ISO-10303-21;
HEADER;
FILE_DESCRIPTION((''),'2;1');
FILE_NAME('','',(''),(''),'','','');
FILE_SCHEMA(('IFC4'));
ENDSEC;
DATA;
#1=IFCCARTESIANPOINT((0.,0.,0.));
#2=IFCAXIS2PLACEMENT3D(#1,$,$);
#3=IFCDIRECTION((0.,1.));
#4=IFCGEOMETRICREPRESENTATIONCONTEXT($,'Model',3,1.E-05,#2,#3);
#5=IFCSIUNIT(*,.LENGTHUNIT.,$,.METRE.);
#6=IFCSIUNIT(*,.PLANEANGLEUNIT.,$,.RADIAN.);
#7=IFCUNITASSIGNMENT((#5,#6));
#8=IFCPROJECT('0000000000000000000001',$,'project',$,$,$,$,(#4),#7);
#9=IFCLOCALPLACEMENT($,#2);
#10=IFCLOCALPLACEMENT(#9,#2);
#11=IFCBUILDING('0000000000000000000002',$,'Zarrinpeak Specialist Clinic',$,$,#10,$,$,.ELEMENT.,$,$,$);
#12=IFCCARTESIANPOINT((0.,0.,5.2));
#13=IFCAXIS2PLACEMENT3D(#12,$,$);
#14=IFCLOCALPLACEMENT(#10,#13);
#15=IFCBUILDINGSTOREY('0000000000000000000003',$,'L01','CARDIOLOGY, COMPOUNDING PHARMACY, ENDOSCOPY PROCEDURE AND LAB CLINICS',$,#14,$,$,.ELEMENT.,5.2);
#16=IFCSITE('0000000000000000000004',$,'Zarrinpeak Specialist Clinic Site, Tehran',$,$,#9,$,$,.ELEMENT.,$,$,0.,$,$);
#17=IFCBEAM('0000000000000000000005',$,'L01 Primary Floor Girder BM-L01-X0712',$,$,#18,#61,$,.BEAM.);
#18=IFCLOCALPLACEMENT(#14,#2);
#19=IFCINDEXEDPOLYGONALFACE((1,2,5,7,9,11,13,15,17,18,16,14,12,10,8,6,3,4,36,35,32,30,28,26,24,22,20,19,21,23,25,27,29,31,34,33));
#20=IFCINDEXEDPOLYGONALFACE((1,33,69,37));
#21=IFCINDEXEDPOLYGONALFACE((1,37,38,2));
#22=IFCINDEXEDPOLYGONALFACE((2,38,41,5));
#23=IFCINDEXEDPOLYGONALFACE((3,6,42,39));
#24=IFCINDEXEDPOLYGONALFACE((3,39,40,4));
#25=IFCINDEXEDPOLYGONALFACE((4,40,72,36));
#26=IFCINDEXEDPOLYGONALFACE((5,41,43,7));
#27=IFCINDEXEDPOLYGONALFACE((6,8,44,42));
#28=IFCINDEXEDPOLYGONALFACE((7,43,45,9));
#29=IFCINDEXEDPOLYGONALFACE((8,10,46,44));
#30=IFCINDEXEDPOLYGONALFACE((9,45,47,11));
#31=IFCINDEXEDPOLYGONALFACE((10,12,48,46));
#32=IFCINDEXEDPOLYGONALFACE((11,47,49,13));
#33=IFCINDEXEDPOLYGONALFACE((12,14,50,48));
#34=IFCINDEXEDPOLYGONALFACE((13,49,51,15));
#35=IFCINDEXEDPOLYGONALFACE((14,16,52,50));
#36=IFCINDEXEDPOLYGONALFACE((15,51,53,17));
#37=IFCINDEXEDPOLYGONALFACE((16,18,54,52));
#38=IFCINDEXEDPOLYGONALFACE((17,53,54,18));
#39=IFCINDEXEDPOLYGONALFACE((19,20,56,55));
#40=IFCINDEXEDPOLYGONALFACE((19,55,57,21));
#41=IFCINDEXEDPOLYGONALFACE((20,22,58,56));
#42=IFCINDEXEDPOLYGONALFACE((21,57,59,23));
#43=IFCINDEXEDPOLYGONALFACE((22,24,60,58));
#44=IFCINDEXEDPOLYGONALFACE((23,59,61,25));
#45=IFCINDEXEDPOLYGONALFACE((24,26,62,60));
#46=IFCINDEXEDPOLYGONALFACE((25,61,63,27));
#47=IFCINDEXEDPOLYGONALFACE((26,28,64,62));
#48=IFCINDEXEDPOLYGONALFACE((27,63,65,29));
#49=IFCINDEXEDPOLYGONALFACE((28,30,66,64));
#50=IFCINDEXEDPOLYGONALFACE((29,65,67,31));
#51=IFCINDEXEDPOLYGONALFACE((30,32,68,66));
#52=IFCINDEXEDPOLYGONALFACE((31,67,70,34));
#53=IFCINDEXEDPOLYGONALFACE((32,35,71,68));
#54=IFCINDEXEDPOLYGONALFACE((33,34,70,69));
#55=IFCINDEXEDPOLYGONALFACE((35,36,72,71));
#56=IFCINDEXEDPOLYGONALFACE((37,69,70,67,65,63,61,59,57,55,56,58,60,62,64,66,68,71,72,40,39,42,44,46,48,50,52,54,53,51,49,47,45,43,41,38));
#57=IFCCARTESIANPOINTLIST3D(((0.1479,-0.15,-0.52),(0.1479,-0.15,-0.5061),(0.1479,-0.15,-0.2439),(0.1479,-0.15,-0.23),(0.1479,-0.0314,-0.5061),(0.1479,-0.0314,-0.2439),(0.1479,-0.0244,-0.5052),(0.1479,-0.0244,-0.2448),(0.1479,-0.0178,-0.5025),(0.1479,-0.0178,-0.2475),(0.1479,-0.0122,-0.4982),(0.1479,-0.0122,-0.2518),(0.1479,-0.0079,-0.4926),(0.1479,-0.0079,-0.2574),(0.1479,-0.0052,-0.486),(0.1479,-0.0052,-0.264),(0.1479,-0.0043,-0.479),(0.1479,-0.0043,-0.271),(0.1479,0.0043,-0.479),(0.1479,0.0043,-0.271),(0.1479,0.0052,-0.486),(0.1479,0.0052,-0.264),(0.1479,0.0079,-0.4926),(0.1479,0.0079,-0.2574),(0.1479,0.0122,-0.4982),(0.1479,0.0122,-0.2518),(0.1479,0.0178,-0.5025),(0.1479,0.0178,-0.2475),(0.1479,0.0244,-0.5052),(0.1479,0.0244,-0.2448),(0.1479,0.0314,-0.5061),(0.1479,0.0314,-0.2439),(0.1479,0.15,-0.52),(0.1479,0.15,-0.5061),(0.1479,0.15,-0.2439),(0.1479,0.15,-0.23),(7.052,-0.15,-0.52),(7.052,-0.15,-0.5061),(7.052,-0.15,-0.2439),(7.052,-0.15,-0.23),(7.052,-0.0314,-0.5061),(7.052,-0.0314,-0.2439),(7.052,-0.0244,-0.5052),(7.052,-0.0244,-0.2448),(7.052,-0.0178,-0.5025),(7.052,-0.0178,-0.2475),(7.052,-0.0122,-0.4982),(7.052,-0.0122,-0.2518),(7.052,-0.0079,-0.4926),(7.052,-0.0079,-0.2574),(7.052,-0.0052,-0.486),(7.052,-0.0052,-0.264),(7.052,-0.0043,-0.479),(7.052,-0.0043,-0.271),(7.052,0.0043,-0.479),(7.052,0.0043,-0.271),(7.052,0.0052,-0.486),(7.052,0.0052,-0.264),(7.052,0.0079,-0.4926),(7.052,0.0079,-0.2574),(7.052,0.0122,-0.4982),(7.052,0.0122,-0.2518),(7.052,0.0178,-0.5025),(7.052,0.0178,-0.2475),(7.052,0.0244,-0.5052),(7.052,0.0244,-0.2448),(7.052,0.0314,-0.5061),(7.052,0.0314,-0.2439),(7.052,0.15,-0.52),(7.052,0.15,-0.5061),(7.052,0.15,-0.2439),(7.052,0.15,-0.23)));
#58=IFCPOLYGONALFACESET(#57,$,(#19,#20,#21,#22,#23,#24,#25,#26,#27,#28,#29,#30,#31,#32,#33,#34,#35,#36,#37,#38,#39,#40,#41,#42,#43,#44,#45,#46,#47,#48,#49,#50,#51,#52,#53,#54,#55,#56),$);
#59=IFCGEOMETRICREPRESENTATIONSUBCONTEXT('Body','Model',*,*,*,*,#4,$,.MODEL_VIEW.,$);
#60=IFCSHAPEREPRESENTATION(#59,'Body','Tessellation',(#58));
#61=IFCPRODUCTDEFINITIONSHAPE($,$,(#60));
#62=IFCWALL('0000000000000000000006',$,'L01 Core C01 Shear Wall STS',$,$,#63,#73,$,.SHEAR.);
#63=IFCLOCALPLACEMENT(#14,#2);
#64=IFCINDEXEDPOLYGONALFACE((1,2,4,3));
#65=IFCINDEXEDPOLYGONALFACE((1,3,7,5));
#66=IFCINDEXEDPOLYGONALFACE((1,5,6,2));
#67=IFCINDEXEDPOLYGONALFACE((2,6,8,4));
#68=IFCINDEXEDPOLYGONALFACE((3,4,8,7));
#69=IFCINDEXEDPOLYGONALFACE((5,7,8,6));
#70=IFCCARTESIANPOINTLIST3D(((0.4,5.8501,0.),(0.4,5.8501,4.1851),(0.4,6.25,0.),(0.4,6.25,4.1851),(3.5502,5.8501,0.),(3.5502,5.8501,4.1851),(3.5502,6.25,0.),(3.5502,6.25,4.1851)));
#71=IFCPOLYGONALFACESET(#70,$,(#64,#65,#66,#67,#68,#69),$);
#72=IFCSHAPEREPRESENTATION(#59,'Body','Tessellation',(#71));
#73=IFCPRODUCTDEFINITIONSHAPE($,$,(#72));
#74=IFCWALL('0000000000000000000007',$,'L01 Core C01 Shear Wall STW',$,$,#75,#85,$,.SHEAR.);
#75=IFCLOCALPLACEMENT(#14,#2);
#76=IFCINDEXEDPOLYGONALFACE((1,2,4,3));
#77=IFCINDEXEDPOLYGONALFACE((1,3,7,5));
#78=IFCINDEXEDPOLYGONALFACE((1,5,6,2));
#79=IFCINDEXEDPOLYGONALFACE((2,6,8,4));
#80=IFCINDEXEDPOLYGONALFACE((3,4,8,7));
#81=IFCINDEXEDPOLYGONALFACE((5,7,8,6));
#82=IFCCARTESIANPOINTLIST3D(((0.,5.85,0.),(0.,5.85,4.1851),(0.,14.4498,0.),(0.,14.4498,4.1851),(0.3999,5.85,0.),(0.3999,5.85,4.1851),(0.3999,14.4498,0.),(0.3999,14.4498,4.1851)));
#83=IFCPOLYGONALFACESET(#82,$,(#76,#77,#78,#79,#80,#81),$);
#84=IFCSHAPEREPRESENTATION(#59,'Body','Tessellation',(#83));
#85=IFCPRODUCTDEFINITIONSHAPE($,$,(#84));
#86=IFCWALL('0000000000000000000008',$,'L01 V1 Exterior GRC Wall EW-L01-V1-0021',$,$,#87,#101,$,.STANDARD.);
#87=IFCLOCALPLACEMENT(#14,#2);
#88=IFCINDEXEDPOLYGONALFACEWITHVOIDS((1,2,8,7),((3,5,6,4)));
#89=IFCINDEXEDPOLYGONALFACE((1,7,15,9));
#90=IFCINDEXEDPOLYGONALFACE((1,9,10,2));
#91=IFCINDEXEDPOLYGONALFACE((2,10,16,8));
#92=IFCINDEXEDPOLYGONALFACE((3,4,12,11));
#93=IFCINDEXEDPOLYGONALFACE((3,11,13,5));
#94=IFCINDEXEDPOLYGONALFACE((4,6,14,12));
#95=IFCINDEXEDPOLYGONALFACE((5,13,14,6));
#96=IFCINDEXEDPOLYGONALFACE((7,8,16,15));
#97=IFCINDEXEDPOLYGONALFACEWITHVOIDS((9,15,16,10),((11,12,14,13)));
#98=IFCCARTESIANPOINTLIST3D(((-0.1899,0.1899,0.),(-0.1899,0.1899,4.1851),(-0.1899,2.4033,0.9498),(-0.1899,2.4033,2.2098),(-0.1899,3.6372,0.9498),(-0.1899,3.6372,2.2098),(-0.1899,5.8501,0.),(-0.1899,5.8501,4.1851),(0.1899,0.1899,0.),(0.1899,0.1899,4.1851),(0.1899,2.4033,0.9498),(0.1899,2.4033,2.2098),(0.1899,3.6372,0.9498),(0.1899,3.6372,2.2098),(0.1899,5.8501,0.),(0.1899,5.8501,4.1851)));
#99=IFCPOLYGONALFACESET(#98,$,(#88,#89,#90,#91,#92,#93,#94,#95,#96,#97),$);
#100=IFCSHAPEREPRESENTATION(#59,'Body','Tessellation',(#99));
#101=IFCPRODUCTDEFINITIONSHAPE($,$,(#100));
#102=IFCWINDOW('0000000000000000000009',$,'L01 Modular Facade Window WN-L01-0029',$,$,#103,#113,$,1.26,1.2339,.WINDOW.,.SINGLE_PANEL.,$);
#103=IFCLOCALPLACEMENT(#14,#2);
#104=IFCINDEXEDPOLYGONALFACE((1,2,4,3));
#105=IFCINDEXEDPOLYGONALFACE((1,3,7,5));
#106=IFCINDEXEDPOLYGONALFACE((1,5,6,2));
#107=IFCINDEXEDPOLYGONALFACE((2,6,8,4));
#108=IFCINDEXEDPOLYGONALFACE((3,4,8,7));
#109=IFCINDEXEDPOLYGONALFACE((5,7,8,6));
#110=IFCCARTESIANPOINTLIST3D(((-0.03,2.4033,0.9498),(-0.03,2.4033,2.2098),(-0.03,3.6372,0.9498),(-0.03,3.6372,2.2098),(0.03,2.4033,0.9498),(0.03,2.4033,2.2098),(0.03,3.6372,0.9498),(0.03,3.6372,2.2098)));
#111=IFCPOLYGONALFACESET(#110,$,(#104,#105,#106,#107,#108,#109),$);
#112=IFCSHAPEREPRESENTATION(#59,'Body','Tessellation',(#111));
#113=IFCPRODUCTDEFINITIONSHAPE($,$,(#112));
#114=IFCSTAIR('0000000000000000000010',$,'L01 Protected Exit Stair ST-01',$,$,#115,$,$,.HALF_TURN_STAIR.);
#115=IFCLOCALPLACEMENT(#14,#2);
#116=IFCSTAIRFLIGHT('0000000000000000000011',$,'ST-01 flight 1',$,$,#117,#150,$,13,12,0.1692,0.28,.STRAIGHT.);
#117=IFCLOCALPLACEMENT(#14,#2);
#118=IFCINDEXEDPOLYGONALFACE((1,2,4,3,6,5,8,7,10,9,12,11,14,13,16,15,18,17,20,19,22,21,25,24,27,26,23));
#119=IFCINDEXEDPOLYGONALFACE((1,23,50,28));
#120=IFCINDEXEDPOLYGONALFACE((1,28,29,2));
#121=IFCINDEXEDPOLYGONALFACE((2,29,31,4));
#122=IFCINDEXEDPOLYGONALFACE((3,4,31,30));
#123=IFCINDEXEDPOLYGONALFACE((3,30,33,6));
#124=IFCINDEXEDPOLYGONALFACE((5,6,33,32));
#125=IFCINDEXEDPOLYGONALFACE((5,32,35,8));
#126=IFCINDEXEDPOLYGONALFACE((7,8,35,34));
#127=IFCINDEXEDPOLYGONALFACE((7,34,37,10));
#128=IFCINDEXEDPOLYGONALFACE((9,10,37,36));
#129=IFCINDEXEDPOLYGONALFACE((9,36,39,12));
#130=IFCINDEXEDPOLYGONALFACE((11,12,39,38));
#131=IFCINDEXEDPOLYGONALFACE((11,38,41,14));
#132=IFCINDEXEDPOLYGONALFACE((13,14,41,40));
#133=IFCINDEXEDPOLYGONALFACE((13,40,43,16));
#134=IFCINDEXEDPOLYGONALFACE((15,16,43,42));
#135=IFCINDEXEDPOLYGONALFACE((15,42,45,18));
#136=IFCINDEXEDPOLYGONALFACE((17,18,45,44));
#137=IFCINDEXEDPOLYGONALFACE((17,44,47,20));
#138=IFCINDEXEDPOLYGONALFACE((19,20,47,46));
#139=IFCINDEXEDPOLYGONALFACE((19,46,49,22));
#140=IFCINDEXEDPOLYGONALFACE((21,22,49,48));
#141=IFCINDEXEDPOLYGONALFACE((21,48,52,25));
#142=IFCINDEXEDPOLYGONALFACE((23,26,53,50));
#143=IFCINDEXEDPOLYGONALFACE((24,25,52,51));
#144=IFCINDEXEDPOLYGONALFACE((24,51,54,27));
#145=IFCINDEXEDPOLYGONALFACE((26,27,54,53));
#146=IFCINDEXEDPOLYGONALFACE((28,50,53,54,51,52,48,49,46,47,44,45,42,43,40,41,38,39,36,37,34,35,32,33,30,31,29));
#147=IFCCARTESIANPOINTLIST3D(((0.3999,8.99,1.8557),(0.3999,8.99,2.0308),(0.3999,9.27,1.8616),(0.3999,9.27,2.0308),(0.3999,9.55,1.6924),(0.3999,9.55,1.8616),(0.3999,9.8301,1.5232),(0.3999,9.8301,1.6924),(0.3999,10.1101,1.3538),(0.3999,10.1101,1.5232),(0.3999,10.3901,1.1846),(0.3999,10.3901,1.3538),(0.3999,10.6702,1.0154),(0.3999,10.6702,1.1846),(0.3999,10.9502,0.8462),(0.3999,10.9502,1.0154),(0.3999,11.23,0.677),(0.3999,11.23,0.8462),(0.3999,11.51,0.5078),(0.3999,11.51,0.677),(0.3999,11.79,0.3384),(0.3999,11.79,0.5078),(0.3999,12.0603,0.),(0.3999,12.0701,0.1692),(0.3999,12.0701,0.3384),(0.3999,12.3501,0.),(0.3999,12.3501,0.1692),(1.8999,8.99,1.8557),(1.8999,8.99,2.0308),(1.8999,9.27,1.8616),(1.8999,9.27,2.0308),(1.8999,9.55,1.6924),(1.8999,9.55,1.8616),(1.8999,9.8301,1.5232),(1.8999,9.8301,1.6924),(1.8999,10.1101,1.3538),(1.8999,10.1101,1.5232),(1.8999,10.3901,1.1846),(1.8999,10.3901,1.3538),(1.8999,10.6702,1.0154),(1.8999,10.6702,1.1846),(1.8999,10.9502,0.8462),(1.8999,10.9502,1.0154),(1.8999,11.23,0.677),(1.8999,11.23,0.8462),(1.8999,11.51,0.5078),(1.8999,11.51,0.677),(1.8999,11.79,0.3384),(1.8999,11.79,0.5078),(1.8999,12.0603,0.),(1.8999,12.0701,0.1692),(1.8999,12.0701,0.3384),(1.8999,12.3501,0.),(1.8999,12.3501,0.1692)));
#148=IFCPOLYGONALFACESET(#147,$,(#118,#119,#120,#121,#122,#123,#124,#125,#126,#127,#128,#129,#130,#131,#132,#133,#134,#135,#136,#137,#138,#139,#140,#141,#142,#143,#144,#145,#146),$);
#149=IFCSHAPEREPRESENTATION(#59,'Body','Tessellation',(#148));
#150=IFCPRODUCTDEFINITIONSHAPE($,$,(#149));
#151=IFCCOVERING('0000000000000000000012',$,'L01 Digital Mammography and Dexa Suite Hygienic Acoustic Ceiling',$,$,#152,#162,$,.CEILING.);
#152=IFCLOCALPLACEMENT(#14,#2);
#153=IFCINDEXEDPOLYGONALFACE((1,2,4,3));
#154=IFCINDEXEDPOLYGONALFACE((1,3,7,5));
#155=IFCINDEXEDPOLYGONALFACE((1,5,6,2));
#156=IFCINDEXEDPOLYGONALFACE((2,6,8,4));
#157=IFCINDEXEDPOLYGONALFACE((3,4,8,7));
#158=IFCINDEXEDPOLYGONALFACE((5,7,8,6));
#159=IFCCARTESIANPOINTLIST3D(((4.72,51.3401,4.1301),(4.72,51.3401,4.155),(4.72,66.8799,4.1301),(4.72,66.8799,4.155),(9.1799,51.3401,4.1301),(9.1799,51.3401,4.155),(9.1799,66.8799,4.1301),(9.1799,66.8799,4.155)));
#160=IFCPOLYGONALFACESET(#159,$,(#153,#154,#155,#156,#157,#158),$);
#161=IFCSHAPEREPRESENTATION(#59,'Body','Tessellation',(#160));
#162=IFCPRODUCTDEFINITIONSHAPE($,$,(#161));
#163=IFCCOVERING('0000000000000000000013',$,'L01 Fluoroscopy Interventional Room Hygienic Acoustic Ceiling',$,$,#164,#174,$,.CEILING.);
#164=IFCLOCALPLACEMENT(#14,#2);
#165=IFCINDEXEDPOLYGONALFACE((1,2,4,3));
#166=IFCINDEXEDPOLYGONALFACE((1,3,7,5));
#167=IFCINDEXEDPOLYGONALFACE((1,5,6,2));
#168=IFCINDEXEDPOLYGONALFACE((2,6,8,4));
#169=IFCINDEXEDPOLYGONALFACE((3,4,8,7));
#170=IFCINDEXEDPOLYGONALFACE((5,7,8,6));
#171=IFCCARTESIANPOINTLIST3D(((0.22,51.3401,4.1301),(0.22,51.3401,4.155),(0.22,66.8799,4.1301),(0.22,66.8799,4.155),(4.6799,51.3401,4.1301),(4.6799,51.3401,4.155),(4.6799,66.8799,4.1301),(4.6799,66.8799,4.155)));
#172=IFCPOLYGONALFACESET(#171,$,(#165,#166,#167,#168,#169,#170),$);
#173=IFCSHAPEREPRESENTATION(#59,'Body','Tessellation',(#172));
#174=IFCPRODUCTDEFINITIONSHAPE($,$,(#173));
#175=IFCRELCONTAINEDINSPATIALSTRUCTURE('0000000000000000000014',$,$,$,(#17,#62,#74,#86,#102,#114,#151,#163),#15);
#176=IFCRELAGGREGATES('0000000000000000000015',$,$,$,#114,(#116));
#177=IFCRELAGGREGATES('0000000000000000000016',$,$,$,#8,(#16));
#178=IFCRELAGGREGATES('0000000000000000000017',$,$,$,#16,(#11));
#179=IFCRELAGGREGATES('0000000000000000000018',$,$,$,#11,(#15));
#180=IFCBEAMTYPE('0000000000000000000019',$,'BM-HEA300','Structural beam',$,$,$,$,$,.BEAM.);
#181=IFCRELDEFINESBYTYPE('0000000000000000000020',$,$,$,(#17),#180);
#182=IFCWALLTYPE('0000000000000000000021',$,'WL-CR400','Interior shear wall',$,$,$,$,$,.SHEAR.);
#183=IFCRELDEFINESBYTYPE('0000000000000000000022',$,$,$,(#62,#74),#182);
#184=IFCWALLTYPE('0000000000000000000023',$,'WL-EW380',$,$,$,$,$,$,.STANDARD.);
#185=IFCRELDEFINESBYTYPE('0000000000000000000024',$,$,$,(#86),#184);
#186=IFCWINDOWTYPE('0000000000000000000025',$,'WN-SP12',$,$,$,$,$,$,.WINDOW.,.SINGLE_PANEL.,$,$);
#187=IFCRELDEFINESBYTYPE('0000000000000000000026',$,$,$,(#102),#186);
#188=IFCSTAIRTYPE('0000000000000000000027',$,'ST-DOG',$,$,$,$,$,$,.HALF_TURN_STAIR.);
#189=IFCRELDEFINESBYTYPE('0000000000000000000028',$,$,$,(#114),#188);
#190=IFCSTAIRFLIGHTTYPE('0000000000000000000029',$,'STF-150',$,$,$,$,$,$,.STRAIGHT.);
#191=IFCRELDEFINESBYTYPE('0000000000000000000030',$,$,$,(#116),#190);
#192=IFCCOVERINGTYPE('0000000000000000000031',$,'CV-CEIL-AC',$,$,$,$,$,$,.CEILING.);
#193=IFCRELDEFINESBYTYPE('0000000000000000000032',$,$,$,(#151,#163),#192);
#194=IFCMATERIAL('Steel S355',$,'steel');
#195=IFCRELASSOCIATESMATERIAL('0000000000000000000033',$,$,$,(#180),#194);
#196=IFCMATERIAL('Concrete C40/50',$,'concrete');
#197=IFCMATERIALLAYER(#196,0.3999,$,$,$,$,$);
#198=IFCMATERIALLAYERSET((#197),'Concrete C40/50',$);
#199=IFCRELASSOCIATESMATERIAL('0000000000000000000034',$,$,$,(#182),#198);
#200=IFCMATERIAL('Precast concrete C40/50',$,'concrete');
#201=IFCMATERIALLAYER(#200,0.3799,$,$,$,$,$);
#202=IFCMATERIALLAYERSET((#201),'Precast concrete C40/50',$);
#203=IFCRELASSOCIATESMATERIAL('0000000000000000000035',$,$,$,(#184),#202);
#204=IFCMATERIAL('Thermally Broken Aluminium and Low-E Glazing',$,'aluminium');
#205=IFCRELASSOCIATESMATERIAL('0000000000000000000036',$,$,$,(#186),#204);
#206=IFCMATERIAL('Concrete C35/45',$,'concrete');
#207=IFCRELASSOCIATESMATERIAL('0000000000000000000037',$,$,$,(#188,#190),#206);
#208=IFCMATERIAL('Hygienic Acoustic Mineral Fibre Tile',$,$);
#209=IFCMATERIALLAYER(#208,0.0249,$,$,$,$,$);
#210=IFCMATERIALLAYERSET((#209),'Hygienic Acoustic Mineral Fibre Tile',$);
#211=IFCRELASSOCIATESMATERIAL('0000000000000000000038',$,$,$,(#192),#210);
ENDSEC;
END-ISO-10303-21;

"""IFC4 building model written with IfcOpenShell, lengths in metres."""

from ifc_helpers import new_model, si_unit, direction, frame, frame_2d, origin, origin_2d, place, context, subcontext, project, spatial, polyline, rectangle, i_section, outline, extrude, material, layer, layer_set, material_profile, profile_set, type_object, element, fill, aggregate, save


model = new_model("IFC4")

# Units and contexts
model_context = context("Model", 3, precision=1e-05, world=origin(), true_north=direction((0.0, 1.0)))
body_context = subcontext(model_context, "Body", "Model", "MODEL_VIEW")
ifc_project = project(units=[si_unit("LENGTHUNIT", "METRE"), si_unit("PLANEANGLEUNIT", "RADIAN")], contexts=[model_context])

# Site, building, storey
site_placement = place(None, origin())
site = spatial("IfcSite", under=ifc_project, at=site_placement, Name="Zarrinpeak Specialist Clinic Site, Tehran", CompositionType="ELEMENT", RefElevation=0.0)
building_placement = place(site_placement, origin())
building = spatial("IfcBuilding", under=site, at=building_placement, Name="Zarrinpeak Specialist Clinic", CompositionType="ELEMENT")
storey_placement = place(building_placement, frame((0.0, 0.0, 5.2)))
storey = spatial("IfcBuildingStorey", under=building, at=storey_placement, Name="L01", Description="CARDIOLOGY, COMPOUNDING PHARMACY, ENDOSCOPY PROCEDURE AND LAB CLINICS", CompositionType="ELEMENT", Elevation=5.2)

# Beam
ifc_material_1 = material(Name="Steel S355", Category="steel")
ifc_material_profile = material_profile(ifc_material_1, i_section(OverallWidth=0.3, OverallDepth=0.29, WebThickness=0.0085, FlangeThickness=0.0139, FilletRadius=0.0271, at=origin_2d()), Name="HEA 300")
ifc_profile_set = profile_set([ifc_material_profile], Name="Steel S355")
beam_type = type_object("IfcBeamType", Name="BM-HEA300", Description="Structural beam", PredefinedType="BEAM", material=ifc_profile_set)
beam_placement = place(storey_placement, frame((0.1479, 0.0, -0.375), z_axis=(1.0, 0.0, 0.0), x_axis=(0.0, 1.0, 0.0)))
element("IfcBeam", 1, at=beam_placement, inside=storey, type_object=beam_type, Name="L01 Primary Floor Girder BM-L01-X0712", PredefinedType="BEAM", context=body_context, shape_type="SweptSolid", body=[
    extrude(i_section(OverallWidth=0.3, OverallDepth=0.29, WebThickness=0.0085, FlangeThickness=0.0139, FilletRadius=0.0271, at=origin_2d()), origin(), (0.0, 0.0, 1.0), 6.9041),
])

# Wall
ifc_material_2 = material(Name="Concrete C40/50", Category="concrete")
ifc_layer_1 = layer(ifc_material_2, 0.3999)
ifc_layer_set_1 = layer_set([ifc_layer_1], Name="Concrete C40/50")
wall_type_1 = type_object("IfcWallType", Name="WL-CR400", Description="Interior shear wall", PredefinedType="SHEAR", material=ifc_layer_set_1)
wall_1_placement = place(storey_placement, frame((0.3999, 6.05, 0.0), z_axis=(0.0, 0.0, 1.0), x_axis=(1.0, 0.0, 0.0)))
element("IfcWall", 2, at=wall_1_placement, inside=storey, type_object=wall_type_1, Name="L01 Core C01 Shear Wall STS", PredefinedType="SHEAR", context=body_context, shape_type="SweptSolid", body=[
    extrude(rectangle(XDim=3.1501, YDim=0.3999, at=frame_2d((1.5752, 0.0))), origin(), (0.0, 0.0, 1.0), 4.1851),
])

# Wall
wall_2_placement = place(storey_placement, frame((0.2, 5.8501, 0.0), z_axis=(0.0, 0.0, 1.0), x_axis=(0.0, 1.0, 0.0)))
element("IfcWall", 3, at=wall_2_placement, inside=storey, type_object=wall_type_1, Name="L01 Core C01 Shear Wall STW", PredefinedType="SHEAR", context=body_context, shape_type="SweptSolid", body=[
    extrude(rectangle(XDim=8.5999, YDim=0.3999, at=frame_2d((4.2998, 0.0))), origin(), (0.0, 0.0, 1.0), 4.1851),
])

# Wall, opening, window
ifc_material_3 = material(Name="Precast concrete C40/50", Category="concrete")
ifc_layer_2 = layer(ifc_material_3, 0.3799)
ifc_layer_set_2 = layer_set([ifc_layer_2], Name="Precast concrete C40/50")
wall_type_2 = type_object("IfcWallType", Name="WL-EW380", PredefinedType="STANDARD", material=ifc_layer_set_2)
wall_3_placement = place(storey_placement, frame((0.0, 5.8501, 0.0), z_axis=(0.0, 0.0, 1.0), x_axis=(0.0, -1.0, 0.0)))
wall_3 = element("IfcWall", 4, at=wall_3_placement, inside=storey, type_object=wall_type_2, Name="L01 V1 Exterior GRC Wall EW-L01-V1-0021", PredefinedType="STANDARD", context=body_context, shape_type="SweptSolid", body=[
    extrude(rectangle(XDim=5.6602, YDim=0.3799, at=frame_2d((2.8301, 0.0))), origin(), (0.0, 0.0, 1.0), 4.1851),
])
opening_1_placement = place(wall_3_placement, frame((2.2129, 0.0, 0.95)))
opening_1 = element("IfcOpeningElement", 5, at=opening_1_placement, cuts=wall_3, PredefinedType="OPENING", context=body_context, shape_type="SweptSolid", body=[
    extrude(rectangle(XDim=1.2339, YDim=1.26, at=frame_2d((0.6169, 0.6299))), frame((0.0, 0.2, 0.0), z_axis=(0.0, -1.0, 0.0), x_axis=(1.0, 0.0, 0.0)), (0.0, 0.0, 1.0), 0.3999),
])
ifc_material_4 = material(Name="Thermally Broken Aluminium and Low-E Glazing", Category="aluminium")
window_type = type_object("IfcWindowType", Name="WN-SP12", PartitioningType="SINGLE_PANEL", PredefinedType="WINDOW", material=ifc_material_4)
window_placement = place(opening_1_placement, origin())
window = element("IfcWindow", 6, at=window_placement, inside=storey, type_object=window_type, Name="L01 Modular Facade Window WN-L01-0029", OverallHeight=1.26, OverallWidth=1.2339, PartitioningType="SINGLE_PANEL", PredefinedType="WINDOW", context=body_context, shape_type="SweptSolid", body=[
    extrude(rectangle(XDim=1.2339, YDim=1.26, at=frame_2d((0.6169, 0.6299))), frame((0.0, 0.03, 0.0), z_axis=(0.0, -1.0, 0.0), x_axis=(1.0, 0.0, 0.0)), (0.0, 0.0, 1.0), 0.0601),
])
fill(opening_1, window)

# Stair, stair flight
ifc_material_5 = material(Name="Concrete C35/45", Category="concrete")
stair_type = type_object("IfcStairType", Name="ST-DOG", PredefinedType="HALF_TURN_STAIR", material=ifc_material_5)
stair_placement = place(storey_placement, origin())
stair = element("IfcStair", 7, at=stair_placement, inside=storey, type_object=stair_type, Name="L01 Protected Exit Stair ST-01", PredefinedType="HALF_TURN_STAIR")
stair_flight_type = type_object("IfcStairFlightType", Name="STF-150", PredefinedType="STRAIGHT", material=ifc_material_5)
stair_flight_placement = place(storey_placement, frame((1.1499, 12.3501, 0.0), z_axis=(0.0, 0.0, 1.0), x_axis=(0.0, -1.0, 0.0)))
stair_flight = element("IfcStairFlight", 8, at=stair_flight_placement, type_object=stair_flight_type, Name="ST-01 flight 1", NumberOfRisers=13, NumberOfTreads=12, PredefinedType="STRAIGHT", RiserHeight=0.1692, TreadLength=0.28, context=body_context, shape_type="SweptSolid", body=[
    extrude(outline(polyline([(0.0, 0.0), (0.0, 0.1692), (0.28, 0.1692), (0.28, 0.3384), (0.5601, 0.3384), (0.5601, 0.5078), (0.8401, 0.5078), (0.8401, 0.677), (1.1201, 0.677), (1.1201, 0.8462), (1.3999, 0.8462), (1.3999, 1.0154), (1.6799, 1.0154), (1.6799, 1.1846), (1.96, 1.1846), (1.96, 1.3538), (2.24, 1.3538), (2.24, 1.5232), (2.52, 1.5232), (2.52, 1.6924), (2.8, 1.6924), (2.8, 1.8616), (3.0801, 1.8616), (3.0801, 2.0308), (3.3601, 2.0308), (3.3601, 2.2), (3.3601, 1.8557), (0.2898, 0.0), (0.0, 0.0)])), frame((0.0, 0.75, 0.0), z_axis=(0.0, -1.0, 0.0), x_axis=(1.0, 0.0, 0.0)), (0.0, 0.0, 1.0), 1.5),
])
aggregate(stair, [stair_flight])

# Coverings
ifc_material_6 = material(Name="Hygienic Acoustic Mineral Fibre Tile")
ifc_layer_3 = layer(ifc_material_6, 0.0249)
ifc_layer_set_3 = layer_set([ifc_layer_3], Name="Hygienic Acoustic Mineral Fibre Tile")
covering_type_1 = type_object("IfcCoveringType", Name="CV-CEIL-AC", PredefinedType="CEILING", material=ifc_layer_set_3)
covering_1_placement = place(storey_placement, frame((0.0, 0.0, 4.1301)))
element("IfcCovering", 9, at=covering_1_placement, inside=storey, type_object=covering_type_1, Name="L01 Digital Mammography and Dexa Suite Hygienic Acoustic Ceiling", PredefinedType="CEILING", context=body_context, shape_type="SweptSolid", body=[
    extrude(outline(polyline([(4.72, 51.3401), (9.1799, 51.3401), (9.1799, 66.8799), (4.72, 66.8799), (4.72, 51.3401)])), origin(), (0.0, 0.0, 1.0), 0.0249),
])
covering_2_placement = place(storey_placement, frame((0.0, 0.0, 4.1301)))
element("IfcCovering", 10, at=covering_2_placement, inside=storey, type_object=covering_type_1, Name="L01 Fluoroscopy Interventional Room Hygienic Acoustic Ceiling", PredefinedType="CEILING", context=body_context, shape_type="SweptSolid", body=[
    extrude(outline(polyline([(0.22, 51.3401), (4.6799, 51.3401), (4.6799, 66.8799), (0.22, 66.8799), (0.22, 51.3401)])), origin(), (0.0, 0.0, 1.0), 0.0249),
])

save(model, "model.ifc")
